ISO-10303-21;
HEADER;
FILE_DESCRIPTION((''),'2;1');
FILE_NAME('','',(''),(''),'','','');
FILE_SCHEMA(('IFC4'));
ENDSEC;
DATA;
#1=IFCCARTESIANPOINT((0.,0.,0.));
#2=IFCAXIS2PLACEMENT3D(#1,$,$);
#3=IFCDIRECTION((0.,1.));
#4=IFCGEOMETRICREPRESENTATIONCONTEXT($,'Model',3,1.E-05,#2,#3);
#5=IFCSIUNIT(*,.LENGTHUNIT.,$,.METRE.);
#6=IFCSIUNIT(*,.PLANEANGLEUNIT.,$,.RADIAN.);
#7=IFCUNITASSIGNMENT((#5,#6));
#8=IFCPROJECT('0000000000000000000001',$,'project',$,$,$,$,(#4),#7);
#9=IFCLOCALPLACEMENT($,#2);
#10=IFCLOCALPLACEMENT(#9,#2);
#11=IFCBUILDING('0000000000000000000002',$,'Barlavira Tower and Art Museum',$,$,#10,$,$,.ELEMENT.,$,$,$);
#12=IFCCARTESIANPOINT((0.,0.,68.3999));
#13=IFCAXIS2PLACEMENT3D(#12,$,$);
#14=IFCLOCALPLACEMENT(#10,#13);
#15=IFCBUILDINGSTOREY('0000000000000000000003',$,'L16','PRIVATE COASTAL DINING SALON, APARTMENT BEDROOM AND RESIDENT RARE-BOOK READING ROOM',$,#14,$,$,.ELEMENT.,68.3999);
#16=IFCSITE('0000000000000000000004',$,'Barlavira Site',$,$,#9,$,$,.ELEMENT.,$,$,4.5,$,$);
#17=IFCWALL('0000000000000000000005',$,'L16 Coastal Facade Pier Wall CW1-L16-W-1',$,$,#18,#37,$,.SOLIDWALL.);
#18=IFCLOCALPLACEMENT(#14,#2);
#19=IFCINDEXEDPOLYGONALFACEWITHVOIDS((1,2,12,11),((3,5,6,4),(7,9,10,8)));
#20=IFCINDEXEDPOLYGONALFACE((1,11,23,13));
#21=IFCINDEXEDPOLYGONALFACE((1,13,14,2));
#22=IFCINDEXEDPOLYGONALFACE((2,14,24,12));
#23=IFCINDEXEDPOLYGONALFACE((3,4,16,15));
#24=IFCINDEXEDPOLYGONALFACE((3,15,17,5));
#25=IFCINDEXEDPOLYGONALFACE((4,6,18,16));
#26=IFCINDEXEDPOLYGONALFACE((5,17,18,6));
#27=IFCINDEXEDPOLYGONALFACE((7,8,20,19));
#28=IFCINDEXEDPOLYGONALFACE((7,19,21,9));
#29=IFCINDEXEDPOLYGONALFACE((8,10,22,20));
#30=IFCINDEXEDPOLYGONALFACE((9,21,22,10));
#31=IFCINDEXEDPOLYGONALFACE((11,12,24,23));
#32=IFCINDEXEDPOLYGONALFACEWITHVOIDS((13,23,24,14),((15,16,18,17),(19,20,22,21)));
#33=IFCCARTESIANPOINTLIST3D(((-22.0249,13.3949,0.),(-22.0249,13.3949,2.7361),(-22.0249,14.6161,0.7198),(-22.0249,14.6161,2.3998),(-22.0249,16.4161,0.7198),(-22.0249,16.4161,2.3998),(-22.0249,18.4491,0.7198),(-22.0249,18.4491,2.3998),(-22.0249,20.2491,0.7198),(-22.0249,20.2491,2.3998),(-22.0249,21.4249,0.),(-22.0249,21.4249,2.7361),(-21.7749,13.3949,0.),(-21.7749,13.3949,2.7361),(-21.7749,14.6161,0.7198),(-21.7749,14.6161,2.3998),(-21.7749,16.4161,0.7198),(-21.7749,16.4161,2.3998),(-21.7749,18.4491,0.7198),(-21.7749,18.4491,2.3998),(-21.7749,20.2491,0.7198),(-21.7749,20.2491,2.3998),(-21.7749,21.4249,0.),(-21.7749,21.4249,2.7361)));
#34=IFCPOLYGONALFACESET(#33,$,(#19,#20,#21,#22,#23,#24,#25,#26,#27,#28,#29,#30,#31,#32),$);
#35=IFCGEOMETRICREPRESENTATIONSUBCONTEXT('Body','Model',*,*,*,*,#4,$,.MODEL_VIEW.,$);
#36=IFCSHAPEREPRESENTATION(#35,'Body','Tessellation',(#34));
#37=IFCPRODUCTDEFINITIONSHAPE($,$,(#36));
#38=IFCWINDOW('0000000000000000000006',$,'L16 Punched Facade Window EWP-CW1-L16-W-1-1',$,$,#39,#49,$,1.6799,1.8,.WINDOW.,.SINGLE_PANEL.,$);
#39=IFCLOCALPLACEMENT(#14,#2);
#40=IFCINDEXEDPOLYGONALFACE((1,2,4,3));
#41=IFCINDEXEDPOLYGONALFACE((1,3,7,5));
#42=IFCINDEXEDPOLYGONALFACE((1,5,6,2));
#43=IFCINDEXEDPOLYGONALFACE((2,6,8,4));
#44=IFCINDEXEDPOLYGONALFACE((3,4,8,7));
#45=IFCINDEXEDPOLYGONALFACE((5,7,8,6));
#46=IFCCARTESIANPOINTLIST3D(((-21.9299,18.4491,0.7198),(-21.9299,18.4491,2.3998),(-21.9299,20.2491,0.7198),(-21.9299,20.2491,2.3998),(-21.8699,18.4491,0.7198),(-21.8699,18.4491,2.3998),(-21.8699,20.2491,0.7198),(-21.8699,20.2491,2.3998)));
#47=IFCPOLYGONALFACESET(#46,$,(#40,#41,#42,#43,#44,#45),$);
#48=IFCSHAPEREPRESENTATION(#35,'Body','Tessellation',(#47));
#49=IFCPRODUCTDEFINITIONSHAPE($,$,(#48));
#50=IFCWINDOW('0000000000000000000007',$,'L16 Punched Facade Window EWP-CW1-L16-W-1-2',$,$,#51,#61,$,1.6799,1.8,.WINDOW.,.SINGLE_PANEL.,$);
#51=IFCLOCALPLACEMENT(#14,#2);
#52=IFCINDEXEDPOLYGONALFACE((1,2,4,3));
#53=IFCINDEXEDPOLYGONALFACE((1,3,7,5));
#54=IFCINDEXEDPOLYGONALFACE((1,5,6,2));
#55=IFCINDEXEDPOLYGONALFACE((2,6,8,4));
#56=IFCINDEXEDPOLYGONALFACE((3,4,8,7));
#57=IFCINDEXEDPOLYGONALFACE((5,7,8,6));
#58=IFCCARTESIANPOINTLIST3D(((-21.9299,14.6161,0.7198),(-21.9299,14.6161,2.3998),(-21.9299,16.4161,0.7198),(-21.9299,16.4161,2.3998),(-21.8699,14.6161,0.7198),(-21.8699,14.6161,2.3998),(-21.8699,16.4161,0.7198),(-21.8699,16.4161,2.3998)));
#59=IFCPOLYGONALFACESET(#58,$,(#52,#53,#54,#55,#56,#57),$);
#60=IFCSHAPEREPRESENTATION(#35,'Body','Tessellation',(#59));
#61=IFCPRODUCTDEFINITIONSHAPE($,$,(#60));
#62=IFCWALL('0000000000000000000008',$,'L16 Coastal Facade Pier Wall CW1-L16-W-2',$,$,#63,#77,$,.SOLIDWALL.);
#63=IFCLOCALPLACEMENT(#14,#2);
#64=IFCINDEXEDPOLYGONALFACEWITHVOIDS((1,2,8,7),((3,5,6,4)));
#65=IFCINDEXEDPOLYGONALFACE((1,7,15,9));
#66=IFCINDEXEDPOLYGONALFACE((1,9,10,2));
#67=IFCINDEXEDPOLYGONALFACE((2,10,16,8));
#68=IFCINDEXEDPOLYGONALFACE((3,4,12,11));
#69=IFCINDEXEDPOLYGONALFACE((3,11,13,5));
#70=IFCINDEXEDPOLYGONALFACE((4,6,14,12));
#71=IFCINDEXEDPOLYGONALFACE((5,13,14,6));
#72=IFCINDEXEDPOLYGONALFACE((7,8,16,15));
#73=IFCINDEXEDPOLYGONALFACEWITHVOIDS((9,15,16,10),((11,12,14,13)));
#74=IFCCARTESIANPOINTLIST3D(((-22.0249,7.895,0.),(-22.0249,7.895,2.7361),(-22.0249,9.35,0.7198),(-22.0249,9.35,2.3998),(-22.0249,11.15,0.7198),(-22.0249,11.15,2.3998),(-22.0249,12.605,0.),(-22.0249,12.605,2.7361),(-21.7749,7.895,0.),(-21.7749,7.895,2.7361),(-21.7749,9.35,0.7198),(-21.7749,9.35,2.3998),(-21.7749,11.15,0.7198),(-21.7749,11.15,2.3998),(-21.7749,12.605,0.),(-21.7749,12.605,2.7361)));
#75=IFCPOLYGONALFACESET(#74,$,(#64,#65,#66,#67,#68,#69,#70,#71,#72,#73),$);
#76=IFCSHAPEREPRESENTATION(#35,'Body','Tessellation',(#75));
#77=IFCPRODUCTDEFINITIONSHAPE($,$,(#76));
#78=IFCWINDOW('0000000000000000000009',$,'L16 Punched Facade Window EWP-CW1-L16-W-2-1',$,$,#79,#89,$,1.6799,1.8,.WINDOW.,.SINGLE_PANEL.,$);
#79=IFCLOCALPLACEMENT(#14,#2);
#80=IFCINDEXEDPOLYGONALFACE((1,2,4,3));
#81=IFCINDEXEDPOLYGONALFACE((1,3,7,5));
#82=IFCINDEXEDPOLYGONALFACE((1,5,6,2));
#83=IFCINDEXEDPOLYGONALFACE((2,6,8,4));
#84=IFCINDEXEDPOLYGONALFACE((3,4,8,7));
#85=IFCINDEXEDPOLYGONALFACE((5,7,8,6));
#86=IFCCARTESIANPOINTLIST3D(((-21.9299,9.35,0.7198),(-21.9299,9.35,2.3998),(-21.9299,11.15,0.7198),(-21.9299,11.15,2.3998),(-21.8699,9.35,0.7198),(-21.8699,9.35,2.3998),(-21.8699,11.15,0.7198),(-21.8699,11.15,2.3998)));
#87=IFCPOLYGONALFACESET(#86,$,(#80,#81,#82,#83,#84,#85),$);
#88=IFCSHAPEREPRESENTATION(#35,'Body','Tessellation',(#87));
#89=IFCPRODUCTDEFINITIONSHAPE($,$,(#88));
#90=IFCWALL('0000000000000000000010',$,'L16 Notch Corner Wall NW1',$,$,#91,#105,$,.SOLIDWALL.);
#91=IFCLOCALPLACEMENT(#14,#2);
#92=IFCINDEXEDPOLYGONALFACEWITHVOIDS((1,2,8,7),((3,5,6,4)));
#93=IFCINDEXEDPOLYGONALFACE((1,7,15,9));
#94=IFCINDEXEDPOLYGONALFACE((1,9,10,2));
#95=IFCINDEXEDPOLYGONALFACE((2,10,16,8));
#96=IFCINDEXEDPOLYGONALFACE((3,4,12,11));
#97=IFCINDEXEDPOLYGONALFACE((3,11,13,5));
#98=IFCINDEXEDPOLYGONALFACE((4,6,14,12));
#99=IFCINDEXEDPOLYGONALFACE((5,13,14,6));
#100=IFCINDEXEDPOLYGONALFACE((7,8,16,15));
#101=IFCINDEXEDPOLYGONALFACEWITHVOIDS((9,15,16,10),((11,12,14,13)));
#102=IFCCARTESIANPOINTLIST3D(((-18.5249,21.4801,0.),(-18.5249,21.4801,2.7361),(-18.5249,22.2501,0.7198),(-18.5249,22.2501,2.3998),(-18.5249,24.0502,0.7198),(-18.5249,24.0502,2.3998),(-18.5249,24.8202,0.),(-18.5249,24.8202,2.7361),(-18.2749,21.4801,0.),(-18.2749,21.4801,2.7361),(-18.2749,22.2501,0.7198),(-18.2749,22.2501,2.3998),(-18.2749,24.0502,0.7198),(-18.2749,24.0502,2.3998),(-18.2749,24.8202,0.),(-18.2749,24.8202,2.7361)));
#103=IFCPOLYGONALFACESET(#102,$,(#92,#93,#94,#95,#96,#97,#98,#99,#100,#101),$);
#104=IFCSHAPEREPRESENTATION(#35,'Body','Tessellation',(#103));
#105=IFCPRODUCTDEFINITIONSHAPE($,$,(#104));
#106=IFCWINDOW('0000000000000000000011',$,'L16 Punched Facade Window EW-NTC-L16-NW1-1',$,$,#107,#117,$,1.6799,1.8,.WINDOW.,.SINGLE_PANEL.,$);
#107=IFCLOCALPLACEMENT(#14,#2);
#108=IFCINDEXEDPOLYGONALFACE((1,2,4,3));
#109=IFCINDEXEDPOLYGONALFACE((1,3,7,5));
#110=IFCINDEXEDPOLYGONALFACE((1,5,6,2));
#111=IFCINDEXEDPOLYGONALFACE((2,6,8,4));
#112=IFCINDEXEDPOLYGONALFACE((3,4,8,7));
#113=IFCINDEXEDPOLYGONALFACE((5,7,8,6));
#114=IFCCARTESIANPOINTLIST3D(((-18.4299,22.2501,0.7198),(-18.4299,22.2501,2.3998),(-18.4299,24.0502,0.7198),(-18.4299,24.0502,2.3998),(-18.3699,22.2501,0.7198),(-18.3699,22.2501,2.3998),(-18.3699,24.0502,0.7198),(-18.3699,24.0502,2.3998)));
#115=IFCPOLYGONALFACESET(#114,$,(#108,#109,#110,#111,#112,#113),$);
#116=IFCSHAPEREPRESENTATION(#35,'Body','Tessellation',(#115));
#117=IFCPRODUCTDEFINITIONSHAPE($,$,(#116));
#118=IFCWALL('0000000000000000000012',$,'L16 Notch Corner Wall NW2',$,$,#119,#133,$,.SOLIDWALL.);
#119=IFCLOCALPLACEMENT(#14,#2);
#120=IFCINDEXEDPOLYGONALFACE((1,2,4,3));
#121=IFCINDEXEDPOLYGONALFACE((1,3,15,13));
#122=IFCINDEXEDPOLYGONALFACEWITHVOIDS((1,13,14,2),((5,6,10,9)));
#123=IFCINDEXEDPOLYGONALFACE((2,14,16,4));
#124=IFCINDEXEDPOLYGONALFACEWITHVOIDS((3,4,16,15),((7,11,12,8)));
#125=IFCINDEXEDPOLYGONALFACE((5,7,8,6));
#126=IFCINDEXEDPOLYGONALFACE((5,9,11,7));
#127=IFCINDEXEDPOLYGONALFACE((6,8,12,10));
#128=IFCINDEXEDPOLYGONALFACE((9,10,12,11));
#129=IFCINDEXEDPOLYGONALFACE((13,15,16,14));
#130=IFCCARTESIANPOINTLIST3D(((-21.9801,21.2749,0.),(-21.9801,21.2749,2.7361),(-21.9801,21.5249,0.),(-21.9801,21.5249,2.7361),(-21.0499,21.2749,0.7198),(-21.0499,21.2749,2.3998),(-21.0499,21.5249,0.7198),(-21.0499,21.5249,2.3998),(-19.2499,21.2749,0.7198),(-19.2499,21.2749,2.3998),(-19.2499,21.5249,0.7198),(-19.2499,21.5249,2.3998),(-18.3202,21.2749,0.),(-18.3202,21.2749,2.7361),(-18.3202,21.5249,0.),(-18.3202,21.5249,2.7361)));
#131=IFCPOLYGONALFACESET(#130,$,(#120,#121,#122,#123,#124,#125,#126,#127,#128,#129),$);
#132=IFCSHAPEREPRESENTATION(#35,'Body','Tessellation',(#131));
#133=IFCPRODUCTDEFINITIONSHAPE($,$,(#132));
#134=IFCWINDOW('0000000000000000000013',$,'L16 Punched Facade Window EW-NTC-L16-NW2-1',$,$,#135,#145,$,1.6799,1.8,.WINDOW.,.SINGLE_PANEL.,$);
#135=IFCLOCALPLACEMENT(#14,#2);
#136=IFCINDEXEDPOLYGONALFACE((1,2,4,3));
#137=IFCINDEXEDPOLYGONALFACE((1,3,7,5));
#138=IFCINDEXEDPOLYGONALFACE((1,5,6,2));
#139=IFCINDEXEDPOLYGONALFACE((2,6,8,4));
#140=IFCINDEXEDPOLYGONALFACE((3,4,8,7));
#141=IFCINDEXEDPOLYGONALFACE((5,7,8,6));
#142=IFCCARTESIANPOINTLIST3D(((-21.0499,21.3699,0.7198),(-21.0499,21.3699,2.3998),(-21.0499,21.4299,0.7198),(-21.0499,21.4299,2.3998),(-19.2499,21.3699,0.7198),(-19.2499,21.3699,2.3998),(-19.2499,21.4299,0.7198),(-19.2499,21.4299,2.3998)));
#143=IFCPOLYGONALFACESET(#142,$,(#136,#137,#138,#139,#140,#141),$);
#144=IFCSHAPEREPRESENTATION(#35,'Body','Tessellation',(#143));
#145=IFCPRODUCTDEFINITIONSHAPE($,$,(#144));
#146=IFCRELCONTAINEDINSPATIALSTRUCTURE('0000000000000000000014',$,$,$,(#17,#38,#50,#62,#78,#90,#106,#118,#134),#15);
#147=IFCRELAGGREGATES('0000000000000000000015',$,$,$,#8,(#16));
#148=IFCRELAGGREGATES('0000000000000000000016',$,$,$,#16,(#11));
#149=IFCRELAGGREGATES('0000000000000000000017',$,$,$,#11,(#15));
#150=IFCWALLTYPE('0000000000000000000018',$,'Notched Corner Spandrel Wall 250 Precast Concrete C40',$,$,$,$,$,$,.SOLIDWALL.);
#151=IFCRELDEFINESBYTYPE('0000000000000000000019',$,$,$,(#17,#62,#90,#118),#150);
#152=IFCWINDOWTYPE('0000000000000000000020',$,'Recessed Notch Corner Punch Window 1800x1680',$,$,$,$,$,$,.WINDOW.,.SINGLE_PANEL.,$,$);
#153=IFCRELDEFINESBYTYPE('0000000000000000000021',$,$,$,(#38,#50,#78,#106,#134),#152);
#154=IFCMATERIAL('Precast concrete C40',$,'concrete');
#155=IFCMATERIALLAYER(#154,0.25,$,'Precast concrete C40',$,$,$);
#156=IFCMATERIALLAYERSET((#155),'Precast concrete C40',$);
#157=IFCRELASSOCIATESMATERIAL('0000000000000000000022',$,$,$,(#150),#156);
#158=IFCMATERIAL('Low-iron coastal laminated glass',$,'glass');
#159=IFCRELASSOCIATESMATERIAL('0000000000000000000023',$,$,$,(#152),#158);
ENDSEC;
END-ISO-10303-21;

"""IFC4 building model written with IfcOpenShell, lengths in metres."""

from ifc_helpers import new_model, si_unit, direction, frame, frame_2d, origin, place, context, subcontext, project, spatial, rectangle, extrude, material, layer, layer_set, type_object, element, fill, save


model = new_model("IFC4")

# Units and contexts
model_context = context("Model", 3, precision=1e-05, world=origin(), true_north=direction((0.0, 1.0)))
body_context = subcontext(model_context, "Body", "Model", "MODEL_VIEW")
ifc_project = project(units=[si_unit("LENGTHUNIT", "METRE"), si_unit("PLANEANGLEUNIT", "RADIAN")], contexts=[model_context])

# Site, building, storey
site_placement = place(None, origin())
site = spatial("IfcSite", under=ifc_project, at=site_placement, Name="Barlavira Site", CompositionType="ELEMENT", RefElevation=4.5)
building_placement = place(site_placement, origin())
building = spatial("IfcBuilding", under=site, at=building_placement, Name="Barlavira Tower and Art Museum", CompositionType="ELEMENT")
storey_placement = place(building_placement, frame((0.0, 0.0, 68.3999)))
storey = spatial("IfcBuildingStorey", under=building, at=storey_placement, Name="L16", Description="PRIVATE COASTAL DINING SALON, APARTMENT BEDROOM AND RESIDENT RARE-BOOK READING ROOM", CompositionType="ELEMENT", Elevation=68.3999)

# Wall, openings, windows
ifc_material_1 = material(Name="Precast concrete C40", Category="concrete")
ifc_layer_1 = layer(ifc_material_1, 0.25, Name="Precast concrete C40")
ifc_layer_set_1 = layer_set([ifc_layer_1], Name="Precast concrete C40")
wall_type_1 = type_object("IfcWallType", Name="Notched Corner Spandrel Wall 250 Precast Concrete C40", PredefinedType="SOLIDWALL", material=ifc_layer_set_1)
ifc_material_2 = material(Name="Low-iron coastal laminated glass", Category="glass")
window_type = type_object("IfcWindowType", Name="Recessed Notch Corner Punch Window 1800x1680", PartitioningType="SINGLE_PANEL", PredefinedType="WINDOW", material=ifc_material_2)
wall_1_placement = place(storey_placement, frame((-21.8999, 21.425, 0.0), z_axis=(0.0, 0.0, 1.0), x_axis=(0.0, -1.0, 0.0)))
wall_1 = element("IfcWall", 1, at=wall_1_placement, inside=storey, type_object=wall_type_1, Name="L16 Coastal Facade Pier Wall CW1-L16-W-1", PredefinedType="SOLIDWALL", context=body_context, shape_type="SweptSolid", body=[
    extrude(rectangle(XDim=8.03, YDim=0.25, at=frame_2d((4.0151, 0.0))), origin(), (0.0, 0.0, 1.0), 2.7361),
])
opening_1_placement = place(wall_1_placement, frame((1.176, 0.0, 0.72)))
opening_1 = element("IfcOpeningElement", 2, at=opening_1_placement, cuts=wall_1, PredefinedType="OPENING", context=body_context, shape_type="SweptSolid", body=[
    extrude(rectangle(XDim=1.8, YDim=1.6799, at=frame_2d((0.8999, 0.8398))), frame((0.0, 0.135, 0.0), z_axis=(0.0, -1.0, 0.0), x_axis=(1.0, 0.0, 0.0)), (0.0, 0.0, 1.0), 0.27),
])
opening_2_placement = place(wall_1_placement, frame((5.009, 0.0, 0.72)))
opening_2 = element("IfcOpeningElement", 3, at=opening_2_placement, cuts=wall_1, PredefinedType="OPENING", context=body_context, shape_type="SweptSolid", body=[
    extrude(rectangle(XDim=1.8, YDim=1.6799, at=frame_2d((0.8999, 0.8398))), frame((0.0, 0.135, 0.0), z_axis=(0.0, -1.0, 0.0), x_axis=(1.0, 0.0, 0.0)), (0.0, 0.0, 1.0), 0.27),
])
window_1_placement = place(opening_1_placement, origin())
window_1 = element("IfcWindow", 4, at=window_1_placement, inside=storey, type_object=window_type, Name="L16 Punched Facade Window EWP-CW1-L16-W-1-1", OverallHeight=1.6799, OverallWidth=1.8, PartitioningType="SINGLE_PANEL", PredefinedType="WINDOW", context=body_context, shape_type="SweptSolid", body=[
    extrude(rectangle(XDim=1.8, YDim=1.6799, at=frame_2d((0.8999, 0.8398))), frame((0.0, 0.03, 0.0), z_axis=(0.0, -1.0, 0.0), x_axis=(1.0, 0.0, 0.0)), (0.0, 0.0, 1.0), 0.0601),
])
fill(opening_1, window_1)
window_2_placement = place(opening_2_placement, origin())
window_2 = element("IfcWindow", 5, at=window_2_placement, inside=storey, type_object=window_type, Name="L16 Punched Facade Window EWP-CW1-L16-W-1-2", OverallHeight=1.6799, OverallWidth=1.8, PartitioningType="SINGLE_PANEL", PredefinedType="WINDOW", context=body_context, shape_type="SweptSolid", body=[
    extrude(rectangle(XDim=1.8, YDim=1.6799, at=frame_2d((0.8999, 0.8398))), frame((0.0, 0.03, 0.0), z_axis=(0.0, -1.0, 0.0), x_axis=(1.0, 0.0, 0.0)), (0.0, 0.0, 1.0), 0.0601),
])
fill(opening_2, window_2)

# Walls, openings, windows
wall_2_placement = place(storey_placement, frame((-21.8999, 12.605, 0.0), z_axis=(0.0, 0.0, 1.0), x_axis=(0.0, -1.0, 0.0)))
wall_2 = element("IfcWall", 6, at=wall_2_placement, inside=storey, type_object=wall_type_1, Name="L16 Coastal Facade Pier Wall CW1-L16-W-2", PredefinedType="SOLIDWALL", context=body_context, shape_type="SweptSolid", body=[
    extrude(rectangle(XDim=4.71, YDim=0.25, at=frame_2d((2.355, 0.0))), origin(), (0.0, 0.0, 1.0), 2.7361),
])
opening_3_placement = place(wall_2_placement, frame((1.4551, 0.0, 0.72)))
opening_3 = element("IfcOpeningElement", 7, at=opening_3_placement, cuts=wall_2, PredefinedType="OPENING", context=body_context, shape_type="SweptSolid", body=[
    extrude(rectangle(XDim=1.8, YDim=1.6799, at=frame_2d((0.8999, 0.8398))), frame((0.0, 0.135, 0.0), z_axis=(0.0, -1.0, 0.0), x_axis=(1.0, 0.0, 0.0)), (0.0, 0.0, 1.0), 0.27),
])
window_3_placement = place(opening_3_placement, origin())
window_3 = element("IfcWindow", 8, at=window_3_placement, inside=storey, type_object=window_type, Name="L16 Punched Facade Window EWP-CW1-L16-W-2-1", OverallHeight=1.6799, OverallWidth=1.8, PartitioningType="SINGLE_PANEL", PredefinedType="WINDOW", context=body_context, shape_type="SweptSolid", body=[
    extrude(rectangle(XDim=1.8, YDim=1.6799, at=frame_2d((0.8999, 0.8398))), frame((0.0, 0.03, 0.0), z_axis=(0.0, -1.0, 0.0), x_axis=(1.0, 0.0, 0.0)), (0.0, 0.0, 1.0), 0.0601),
])
fill(opening_3, window_3)
wall_3_placement = place(storey_placement, frame((-18.3999, 24.8201, 0.0), z_axis=(0.0, 0.0, 1.0), x_axis=(0.0, -1.0, 0.0)))
wall_3 = element("IfcWall", 9, at=wall_3_placement, inside=storey, type_object=wall_type_1, Name="L16 Notch Corner Wall NW1", PredefinedType="SOLIDWALL", context=body_context, shape_type="SweptSolid", body=[
    extrude(rectangle(XDim=3.3401, YDim=0.25, at=frame_2d((1.6699, 0.0))), origin(), (0.0, 0.0, 1.0), 2.7361),
])
opening_4_placement = place(wall_3_placement, frame((0.77, 0.0, 0.72)))
opening_4 = element("IfcOpeningElement", 10, at=opening_4_placement, cuts=wall_3, PredefinedType="OPENING", context=body_context, shape_type="SweptSolid", body=[
    extrude(rectangle(XDim=1.8, YDim=1.6799, at=frame_2d((0.8999, 0.8398))), frame((0.0, 0.135, 0.0), z_axis=(0.0, -1.0, 0.0), x_axis=(1.0, 0.0, 0.0)), (0.0, 0.0, 1.0), 0.27),
])
window_4_placement = place(opening_4_placement, origin())
window_4 = element("IfcWindow", 11, at=window_4_placement, inside=storey, type_object=window_type, Name="L16 Punched Facade Window EW-NTC-L16-NW1-1", OverallHeight=1.6799, OverallWidth=1.8, PartitioningType="SINGLE_PANEL", PredefinedType="WINDOW", context=body_context, shape_type="SweptSolid", body=[
    extrude(rectangle(XDim=1.8, YDim=1.6799, at=frame_2d((0.8999, 0.8398))), frame((0.0, 0.03, 0.0), z_axis=(0.0, -1.0, 0.0), x_axis=(1.0, 0.0, 0.0)), (0.0, 0.0, 1.0), 0.0601),
])
fill(opening_4, window_4)
wall_4_placement = place(storey_placement, frame((-18.3201, 21.3999, 0.0), z_axis=(0.0, 0.0, 1.0), x_axis=(-1.0, 0.0, 0.0)))
wall_4 = element("IfcWall", 12, at=wall_4_placement, inside=storey, type_object=wall_type_1, Name="L16 Notch Corner Wall NW2", PredefinedType="SOLIDWALL", context=body_context, shape_type="SweptSolid", body=[
    extrude(rectangle(XDim=3.6599, YDim=0.25, at=frame_2d((1.8301, 0.0))), origin(), (0.0, 0.0, 1.0), 2.7361),
])
opening_5_placement = place(wall_4_placement, frame((0.9299, 0.0, 0.72)))
opening_5 = element("IfcOpeningElement", 13, at=opening_5_placement, cuts=wall_4, PredefinedType="OPENING", context=body_context, shape_type="SweptSolid", body=[
    extrude(rectangle(XDim=1.8, YDim=1.6799, at=frame_2d((0.8999, 0.8398))), frame((0.0, 0.135, 0.0), z_axis=(0.0, -1.0, 0.0), x_axis=(1.0, 0.0, 0.0)), (0.0, 0.0, 1.0), 0.27),
])
window_5_placement = place(opening_5_placement, origin())
window_5 = element("IfcWindow", 14, at=window_5_placement, inside=storey, type_object=window_type, Name="L16 Punched Facade Window EW-NTC-L16-NW2-1", OverallHeight=1.6799, OverallWidth=1.8, PartitioningType="SINGLE_PANEL", PredefinedType="WINDOW", context=body_context, shape_type="SweptSolid", body=[
    extrude(rectangle(XDim=1.8, YDim=1.6799, at=frame_2d((0.8999, 0.8398))), frame((0.0, 0.03, 0.0), z_axis=(0.0, -1.0, 0.0), x_axis=(1.0, 0.0, 0.0)), (0.0, 0.0, 1.0), 0.0601),
])
fill(opening_5, window_5)

save(model, "model.ifc")
